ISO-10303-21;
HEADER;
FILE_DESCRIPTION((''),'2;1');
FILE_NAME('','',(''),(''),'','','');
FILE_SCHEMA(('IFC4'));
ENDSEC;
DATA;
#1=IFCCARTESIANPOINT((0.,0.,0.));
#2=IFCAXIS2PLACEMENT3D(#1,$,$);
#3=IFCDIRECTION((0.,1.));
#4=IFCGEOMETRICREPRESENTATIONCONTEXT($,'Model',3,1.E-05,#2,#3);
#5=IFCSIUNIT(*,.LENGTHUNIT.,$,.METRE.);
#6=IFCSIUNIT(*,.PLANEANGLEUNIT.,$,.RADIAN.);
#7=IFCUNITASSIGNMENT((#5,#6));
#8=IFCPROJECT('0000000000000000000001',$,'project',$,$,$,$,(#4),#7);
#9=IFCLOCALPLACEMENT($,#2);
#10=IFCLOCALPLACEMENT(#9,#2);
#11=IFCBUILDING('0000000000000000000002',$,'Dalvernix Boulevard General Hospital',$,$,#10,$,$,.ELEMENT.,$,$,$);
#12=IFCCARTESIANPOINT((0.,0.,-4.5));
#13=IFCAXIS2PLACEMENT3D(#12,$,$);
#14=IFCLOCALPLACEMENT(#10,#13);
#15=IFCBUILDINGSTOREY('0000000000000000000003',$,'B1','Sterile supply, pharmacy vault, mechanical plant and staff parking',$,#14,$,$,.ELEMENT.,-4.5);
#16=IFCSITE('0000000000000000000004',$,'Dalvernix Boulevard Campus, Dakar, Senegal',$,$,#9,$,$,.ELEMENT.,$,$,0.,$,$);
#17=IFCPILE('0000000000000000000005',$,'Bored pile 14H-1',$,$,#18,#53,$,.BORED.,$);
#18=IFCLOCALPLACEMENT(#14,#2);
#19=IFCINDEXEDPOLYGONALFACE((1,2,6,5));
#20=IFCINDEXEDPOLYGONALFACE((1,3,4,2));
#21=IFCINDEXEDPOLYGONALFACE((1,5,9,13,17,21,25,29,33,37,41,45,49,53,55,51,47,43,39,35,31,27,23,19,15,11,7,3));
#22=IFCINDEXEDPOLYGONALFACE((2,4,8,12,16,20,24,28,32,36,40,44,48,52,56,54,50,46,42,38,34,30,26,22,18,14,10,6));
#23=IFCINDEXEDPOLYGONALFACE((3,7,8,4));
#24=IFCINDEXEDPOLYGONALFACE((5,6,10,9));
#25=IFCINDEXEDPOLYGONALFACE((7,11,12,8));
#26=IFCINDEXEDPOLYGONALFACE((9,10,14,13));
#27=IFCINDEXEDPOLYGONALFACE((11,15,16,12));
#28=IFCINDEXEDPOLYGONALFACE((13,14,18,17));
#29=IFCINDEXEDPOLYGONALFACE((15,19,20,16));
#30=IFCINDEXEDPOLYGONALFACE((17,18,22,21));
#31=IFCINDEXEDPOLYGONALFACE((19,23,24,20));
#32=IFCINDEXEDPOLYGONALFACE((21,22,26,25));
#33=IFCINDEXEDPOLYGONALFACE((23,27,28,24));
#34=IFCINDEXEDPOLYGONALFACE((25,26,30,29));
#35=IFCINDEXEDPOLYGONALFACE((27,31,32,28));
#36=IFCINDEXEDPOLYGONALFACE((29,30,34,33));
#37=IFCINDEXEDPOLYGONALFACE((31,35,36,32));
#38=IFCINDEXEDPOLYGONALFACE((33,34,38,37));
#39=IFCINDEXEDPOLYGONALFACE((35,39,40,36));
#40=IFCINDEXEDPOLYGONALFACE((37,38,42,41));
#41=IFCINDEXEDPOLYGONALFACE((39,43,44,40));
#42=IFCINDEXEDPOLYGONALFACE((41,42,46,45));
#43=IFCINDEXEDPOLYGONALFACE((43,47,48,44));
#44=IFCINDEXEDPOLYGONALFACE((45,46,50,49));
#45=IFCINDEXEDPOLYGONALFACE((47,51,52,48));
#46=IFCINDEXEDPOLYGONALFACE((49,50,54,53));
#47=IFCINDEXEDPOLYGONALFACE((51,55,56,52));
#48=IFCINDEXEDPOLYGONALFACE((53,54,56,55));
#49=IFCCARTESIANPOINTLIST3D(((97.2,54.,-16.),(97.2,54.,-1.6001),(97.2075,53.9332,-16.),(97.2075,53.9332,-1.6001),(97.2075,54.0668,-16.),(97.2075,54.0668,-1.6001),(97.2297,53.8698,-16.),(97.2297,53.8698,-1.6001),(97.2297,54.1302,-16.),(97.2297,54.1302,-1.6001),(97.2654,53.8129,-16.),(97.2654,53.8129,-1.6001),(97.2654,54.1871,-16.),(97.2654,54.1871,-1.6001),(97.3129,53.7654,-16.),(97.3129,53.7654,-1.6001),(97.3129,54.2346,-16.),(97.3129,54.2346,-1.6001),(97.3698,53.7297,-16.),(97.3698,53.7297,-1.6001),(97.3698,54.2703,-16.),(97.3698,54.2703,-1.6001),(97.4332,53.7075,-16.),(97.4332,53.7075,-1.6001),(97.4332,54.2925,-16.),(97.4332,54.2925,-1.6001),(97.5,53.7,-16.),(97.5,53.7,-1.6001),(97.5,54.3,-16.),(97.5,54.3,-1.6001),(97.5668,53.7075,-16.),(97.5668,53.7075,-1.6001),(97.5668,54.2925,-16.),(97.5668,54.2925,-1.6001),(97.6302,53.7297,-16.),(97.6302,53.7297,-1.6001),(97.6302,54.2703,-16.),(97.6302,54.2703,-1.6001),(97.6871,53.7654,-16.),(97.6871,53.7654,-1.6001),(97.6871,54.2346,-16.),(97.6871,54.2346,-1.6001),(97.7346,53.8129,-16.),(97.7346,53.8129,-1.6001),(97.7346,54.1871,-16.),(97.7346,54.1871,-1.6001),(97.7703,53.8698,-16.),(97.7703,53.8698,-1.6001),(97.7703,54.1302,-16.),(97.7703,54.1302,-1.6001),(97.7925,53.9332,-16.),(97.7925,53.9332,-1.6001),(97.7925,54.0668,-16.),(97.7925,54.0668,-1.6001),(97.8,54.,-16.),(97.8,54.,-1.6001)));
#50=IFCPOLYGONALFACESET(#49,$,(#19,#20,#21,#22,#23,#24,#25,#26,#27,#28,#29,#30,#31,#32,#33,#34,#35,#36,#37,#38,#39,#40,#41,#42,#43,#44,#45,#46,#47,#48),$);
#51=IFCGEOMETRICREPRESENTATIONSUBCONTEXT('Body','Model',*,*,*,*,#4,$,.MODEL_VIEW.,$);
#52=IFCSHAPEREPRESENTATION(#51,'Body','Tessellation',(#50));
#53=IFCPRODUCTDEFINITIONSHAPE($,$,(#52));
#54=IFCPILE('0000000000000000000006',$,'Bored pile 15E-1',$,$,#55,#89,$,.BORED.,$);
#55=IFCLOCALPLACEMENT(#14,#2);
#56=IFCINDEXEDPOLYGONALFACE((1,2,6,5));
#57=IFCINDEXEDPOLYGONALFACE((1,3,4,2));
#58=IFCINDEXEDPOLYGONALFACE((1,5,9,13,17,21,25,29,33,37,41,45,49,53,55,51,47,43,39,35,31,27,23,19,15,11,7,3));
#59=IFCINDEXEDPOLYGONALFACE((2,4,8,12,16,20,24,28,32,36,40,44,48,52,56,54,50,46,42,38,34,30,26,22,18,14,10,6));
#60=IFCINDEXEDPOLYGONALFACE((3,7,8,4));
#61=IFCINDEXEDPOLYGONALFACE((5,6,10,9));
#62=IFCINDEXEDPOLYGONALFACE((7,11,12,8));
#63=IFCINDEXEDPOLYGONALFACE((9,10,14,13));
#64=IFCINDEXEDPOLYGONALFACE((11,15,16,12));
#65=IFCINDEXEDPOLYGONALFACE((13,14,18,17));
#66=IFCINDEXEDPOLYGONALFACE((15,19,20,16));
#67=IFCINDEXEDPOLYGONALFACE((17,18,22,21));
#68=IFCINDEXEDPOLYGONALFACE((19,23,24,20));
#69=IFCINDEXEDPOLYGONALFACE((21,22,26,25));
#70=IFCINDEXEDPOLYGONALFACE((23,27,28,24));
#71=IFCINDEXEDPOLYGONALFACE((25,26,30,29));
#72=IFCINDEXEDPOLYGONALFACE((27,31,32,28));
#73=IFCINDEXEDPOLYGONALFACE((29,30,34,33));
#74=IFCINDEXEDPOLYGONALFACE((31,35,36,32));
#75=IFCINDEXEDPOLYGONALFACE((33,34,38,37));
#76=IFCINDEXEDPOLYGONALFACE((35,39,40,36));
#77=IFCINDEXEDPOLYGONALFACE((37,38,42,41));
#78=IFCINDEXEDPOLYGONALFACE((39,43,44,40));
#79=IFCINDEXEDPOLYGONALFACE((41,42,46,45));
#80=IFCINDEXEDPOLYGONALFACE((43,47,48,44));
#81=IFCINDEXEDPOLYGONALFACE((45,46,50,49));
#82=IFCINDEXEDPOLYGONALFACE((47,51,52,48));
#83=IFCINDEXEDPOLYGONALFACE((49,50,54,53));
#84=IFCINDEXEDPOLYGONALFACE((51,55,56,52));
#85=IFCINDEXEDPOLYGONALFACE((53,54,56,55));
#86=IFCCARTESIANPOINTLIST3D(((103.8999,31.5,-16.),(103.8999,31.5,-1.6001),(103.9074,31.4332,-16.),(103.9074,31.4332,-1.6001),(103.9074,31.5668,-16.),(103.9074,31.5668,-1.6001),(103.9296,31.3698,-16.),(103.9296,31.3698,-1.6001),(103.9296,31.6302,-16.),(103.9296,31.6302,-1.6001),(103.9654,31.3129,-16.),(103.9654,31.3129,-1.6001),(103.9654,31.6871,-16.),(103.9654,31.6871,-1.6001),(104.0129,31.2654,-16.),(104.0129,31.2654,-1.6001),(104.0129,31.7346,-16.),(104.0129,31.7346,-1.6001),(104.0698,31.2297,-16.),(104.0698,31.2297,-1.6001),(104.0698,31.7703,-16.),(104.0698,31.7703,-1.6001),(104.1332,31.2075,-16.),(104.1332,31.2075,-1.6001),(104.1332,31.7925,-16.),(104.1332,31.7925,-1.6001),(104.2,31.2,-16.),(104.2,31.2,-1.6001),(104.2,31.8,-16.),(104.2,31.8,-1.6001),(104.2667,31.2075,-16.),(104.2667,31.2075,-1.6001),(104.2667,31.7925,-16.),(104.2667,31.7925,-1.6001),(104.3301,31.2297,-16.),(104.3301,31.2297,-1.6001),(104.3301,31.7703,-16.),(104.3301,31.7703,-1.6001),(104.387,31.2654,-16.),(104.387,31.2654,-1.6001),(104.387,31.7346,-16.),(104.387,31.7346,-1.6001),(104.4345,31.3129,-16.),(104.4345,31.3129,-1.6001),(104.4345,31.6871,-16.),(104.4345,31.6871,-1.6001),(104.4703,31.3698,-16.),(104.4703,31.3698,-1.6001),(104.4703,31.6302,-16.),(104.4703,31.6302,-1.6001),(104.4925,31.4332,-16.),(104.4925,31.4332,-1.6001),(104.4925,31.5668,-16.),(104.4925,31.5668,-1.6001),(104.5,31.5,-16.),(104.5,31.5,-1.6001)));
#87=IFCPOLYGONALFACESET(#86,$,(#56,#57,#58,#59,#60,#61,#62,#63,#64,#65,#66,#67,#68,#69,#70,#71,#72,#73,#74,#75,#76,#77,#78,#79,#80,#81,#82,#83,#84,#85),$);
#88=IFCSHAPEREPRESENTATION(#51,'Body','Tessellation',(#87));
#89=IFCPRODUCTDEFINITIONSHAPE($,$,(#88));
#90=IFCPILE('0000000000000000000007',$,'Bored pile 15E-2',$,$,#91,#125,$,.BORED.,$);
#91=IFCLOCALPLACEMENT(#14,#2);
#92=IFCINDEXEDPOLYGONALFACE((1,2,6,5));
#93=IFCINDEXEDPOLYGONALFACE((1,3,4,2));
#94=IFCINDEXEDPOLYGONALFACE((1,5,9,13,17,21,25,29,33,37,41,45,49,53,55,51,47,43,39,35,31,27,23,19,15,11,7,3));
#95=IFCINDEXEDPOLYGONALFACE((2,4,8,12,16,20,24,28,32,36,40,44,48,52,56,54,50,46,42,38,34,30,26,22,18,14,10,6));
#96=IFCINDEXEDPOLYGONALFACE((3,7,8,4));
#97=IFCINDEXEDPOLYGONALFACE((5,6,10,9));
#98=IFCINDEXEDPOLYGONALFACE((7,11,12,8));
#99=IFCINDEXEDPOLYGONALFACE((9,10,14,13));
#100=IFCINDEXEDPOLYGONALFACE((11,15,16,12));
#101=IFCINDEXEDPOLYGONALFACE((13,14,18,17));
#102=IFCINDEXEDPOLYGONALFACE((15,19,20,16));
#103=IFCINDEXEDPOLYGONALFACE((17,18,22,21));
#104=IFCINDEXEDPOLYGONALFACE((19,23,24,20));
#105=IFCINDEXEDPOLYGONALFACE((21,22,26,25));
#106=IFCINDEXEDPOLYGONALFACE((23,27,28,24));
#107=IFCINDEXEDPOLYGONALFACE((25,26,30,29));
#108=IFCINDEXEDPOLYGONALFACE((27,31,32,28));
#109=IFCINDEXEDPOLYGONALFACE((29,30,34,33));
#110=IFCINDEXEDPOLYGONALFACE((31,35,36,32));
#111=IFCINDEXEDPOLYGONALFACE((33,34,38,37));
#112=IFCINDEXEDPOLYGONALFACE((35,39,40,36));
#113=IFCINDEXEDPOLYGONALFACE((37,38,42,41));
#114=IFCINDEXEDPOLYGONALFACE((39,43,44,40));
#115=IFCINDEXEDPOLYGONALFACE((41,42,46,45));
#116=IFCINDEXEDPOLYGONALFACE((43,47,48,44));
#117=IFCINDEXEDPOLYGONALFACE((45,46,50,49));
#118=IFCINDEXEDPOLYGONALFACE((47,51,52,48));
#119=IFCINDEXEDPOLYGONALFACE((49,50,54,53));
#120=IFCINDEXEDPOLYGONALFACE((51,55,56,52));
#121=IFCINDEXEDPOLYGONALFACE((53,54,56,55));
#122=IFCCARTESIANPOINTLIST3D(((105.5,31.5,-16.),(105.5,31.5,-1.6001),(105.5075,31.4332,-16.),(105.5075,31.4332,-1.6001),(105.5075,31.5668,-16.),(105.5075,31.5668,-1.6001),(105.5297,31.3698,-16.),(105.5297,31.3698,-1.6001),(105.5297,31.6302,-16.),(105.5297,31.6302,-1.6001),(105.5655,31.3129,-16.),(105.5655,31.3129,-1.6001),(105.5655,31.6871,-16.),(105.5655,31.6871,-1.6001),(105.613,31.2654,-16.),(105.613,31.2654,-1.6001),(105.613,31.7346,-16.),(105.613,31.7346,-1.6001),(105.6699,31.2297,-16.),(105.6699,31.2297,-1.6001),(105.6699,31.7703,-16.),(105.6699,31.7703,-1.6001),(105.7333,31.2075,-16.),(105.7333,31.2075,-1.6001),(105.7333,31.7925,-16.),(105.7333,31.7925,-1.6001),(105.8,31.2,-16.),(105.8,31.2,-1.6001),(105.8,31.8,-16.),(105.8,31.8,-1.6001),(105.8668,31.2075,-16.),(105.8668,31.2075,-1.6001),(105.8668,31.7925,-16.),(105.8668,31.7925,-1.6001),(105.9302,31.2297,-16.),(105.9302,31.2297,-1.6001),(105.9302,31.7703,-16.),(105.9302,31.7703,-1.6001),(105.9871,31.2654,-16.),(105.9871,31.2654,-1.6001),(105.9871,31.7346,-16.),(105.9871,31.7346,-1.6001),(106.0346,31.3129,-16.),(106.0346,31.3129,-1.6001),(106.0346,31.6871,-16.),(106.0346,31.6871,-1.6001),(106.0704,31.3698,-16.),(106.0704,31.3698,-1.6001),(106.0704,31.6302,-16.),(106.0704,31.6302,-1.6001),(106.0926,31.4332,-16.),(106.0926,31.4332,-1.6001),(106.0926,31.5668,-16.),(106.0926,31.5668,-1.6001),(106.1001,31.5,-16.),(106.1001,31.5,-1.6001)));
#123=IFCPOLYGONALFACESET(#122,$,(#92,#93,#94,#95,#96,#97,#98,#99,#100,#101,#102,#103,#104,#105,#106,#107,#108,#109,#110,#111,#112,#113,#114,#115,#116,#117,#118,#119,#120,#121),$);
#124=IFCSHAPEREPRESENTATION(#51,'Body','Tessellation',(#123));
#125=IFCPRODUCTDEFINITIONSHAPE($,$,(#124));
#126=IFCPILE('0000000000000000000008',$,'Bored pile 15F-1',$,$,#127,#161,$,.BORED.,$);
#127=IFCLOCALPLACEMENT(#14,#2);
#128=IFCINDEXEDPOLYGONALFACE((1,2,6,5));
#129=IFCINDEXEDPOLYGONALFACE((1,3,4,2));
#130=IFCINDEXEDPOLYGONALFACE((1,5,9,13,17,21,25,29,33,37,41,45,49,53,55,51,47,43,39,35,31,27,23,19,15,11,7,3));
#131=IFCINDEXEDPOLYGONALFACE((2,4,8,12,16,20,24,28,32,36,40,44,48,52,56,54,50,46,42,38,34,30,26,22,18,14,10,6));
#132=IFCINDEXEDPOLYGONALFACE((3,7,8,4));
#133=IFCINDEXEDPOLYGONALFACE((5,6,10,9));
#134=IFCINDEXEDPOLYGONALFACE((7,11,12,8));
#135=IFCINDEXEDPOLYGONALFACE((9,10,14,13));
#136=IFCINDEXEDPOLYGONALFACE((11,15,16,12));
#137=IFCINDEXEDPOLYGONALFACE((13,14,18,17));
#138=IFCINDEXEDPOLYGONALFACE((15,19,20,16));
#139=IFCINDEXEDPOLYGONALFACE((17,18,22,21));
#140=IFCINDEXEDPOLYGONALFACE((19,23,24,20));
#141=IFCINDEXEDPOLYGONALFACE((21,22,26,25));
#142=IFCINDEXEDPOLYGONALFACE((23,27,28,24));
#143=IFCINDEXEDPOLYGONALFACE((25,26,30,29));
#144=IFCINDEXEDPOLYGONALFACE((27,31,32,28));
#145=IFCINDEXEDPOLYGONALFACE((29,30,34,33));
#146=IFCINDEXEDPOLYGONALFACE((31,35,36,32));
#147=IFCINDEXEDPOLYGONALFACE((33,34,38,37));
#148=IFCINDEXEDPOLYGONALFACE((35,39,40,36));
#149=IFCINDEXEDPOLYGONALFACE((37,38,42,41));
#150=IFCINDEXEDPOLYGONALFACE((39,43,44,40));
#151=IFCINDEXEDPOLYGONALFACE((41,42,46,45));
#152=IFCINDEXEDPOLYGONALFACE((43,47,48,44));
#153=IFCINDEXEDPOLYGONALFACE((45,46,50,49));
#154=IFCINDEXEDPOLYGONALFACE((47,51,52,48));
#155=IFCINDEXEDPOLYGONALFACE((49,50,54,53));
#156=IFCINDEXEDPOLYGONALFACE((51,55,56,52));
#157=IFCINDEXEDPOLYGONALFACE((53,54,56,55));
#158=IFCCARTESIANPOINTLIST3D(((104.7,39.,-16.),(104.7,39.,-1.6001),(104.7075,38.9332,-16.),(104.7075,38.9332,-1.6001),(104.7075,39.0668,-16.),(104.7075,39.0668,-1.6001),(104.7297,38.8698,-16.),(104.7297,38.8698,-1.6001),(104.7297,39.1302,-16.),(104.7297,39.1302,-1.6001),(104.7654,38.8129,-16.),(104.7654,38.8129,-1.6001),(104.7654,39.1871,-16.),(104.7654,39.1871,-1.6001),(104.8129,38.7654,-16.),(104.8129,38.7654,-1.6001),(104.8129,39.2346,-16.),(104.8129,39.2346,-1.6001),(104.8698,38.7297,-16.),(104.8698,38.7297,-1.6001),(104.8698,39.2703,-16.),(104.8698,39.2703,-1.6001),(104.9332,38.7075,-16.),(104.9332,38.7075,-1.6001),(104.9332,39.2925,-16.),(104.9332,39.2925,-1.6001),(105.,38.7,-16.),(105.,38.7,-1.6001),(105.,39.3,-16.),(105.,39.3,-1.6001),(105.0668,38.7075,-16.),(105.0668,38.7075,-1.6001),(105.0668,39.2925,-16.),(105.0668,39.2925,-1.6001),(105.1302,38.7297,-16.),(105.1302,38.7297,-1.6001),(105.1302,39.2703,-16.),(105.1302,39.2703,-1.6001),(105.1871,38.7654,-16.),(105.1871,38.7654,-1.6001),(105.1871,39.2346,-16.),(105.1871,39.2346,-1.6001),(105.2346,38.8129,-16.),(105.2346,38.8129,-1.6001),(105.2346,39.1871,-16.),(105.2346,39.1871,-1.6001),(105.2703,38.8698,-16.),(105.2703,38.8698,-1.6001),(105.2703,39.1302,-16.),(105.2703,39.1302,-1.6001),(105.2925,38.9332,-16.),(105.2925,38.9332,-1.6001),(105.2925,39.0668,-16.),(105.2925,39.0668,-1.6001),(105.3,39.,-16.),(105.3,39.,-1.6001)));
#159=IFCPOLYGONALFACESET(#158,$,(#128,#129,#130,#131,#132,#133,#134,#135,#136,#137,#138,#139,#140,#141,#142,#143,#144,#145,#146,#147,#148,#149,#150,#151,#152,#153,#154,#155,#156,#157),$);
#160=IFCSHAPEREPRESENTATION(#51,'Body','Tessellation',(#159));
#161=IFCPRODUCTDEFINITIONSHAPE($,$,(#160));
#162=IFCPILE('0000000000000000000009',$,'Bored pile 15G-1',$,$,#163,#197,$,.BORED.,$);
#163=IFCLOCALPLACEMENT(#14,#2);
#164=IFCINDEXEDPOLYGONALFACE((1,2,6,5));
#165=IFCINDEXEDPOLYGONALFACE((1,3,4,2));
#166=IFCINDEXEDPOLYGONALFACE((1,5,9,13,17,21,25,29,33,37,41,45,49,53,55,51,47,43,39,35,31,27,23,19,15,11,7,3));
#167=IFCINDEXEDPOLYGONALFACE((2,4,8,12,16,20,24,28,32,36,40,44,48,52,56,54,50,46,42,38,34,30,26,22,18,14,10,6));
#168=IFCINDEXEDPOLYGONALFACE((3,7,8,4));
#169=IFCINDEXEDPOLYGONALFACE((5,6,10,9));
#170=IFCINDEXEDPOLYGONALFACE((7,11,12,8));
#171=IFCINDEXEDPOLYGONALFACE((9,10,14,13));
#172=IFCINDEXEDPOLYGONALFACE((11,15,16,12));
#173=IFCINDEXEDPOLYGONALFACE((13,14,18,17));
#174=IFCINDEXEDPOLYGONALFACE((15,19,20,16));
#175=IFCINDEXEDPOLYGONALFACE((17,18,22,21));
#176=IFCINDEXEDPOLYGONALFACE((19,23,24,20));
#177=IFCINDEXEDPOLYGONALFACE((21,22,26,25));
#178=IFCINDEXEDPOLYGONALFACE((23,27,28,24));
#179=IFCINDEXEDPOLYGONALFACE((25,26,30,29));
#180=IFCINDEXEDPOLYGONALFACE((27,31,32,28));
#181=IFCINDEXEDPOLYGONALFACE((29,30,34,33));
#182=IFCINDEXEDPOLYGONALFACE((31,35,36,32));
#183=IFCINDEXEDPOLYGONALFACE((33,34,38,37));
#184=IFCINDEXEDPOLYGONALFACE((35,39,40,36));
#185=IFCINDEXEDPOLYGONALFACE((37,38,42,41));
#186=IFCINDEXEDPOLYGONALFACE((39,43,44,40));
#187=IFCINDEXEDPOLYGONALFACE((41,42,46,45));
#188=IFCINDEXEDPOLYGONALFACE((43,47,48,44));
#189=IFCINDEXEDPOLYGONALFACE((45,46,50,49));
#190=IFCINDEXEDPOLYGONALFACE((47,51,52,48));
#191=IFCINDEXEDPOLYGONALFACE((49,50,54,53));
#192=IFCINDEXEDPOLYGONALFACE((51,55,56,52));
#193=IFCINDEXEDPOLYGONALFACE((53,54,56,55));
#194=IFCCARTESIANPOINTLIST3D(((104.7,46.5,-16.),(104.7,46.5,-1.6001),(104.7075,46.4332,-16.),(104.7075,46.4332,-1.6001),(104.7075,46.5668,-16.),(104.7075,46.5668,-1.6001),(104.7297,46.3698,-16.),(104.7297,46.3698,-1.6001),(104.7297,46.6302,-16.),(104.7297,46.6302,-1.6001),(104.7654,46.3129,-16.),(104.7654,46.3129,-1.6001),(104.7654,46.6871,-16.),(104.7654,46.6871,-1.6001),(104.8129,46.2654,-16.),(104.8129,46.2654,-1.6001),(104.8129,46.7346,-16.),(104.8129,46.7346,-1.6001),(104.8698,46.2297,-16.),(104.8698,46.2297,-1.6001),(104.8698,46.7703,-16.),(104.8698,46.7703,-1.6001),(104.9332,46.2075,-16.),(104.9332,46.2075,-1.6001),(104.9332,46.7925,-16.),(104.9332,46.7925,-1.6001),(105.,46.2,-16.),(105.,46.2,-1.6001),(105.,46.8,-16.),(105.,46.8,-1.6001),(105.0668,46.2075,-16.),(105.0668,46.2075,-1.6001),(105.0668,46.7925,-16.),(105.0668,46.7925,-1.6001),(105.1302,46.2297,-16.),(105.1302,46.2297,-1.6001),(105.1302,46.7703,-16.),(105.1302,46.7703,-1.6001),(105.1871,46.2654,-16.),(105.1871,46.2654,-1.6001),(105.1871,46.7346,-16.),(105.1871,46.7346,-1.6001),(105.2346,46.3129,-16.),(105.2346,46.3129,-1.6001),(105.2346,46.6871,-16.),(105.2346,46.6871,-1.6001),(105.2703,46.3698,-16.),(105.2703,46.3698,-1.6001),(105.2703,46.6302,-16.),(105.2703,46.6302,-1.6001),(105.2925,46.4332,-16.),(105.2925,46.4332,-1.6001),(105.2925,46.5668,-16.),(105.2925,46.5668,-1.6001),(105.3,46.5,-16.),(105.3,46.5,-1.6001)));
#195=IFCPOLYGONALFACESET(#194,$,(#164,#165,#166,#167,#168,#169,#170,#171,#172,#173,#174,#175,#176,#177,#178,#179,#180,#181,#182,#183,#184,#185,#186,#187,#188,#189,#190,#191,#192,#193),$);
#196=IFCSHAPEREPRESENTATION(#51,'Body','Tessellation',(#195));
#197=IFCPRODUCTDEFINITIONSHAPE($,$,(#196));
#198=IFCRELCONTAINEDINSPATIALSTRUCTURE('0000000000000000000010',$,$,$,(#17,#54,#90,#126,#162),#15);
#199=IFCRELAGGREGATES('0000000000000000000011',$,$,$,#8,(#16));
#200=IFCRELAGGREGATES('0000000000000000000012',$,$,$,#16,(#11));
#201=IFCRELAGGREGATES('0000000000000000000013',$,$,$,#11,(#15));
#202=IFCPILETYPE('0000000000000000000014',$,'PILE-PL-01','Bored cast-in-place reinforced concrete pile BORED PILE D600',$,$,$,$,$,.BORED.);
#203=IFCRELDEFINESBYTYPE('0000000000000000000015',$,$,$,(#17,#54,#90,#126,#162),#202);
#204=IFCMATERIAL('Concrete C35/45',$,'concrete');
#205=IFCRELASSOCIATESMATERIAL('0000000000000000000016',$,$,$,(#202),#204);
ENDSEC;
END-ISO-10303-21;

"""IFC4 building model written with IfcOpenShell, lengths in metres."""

from ifc_helpers import new_model, si_unit, direction, frame, origin, origin_2d, place, context, subcontext, project, spatial, circle, extrude, material, material_profile, profile_set, type_object, element, save


model = new_model("IFC4")

# Units and contexts
model_context = context("Model", 3, precision=1e-05, world=origin(), true_north=direction((0.0, 1.0)))
body_context = subcontext(model_context, "Body", "Model", "MODEL_VIEW")
ifc_project = project(units=[si_unit("LENGTHUNIT", "METRE"), si_unit("PLANEANGLEUNIT", "RADIAN")], contexts=[model_context])

# Site, building, storey
site_placement = place(None, origin())
site = spatial("IfcSite", under=ifc_project, at=site_placement, Name="Dalvernix Boulevard Campus, Dakar, Senegal", CompositionType="ELEMENT", RefElevation=0.0)
building_placement = place(site_placement, origin())
building = spatial("IfcBuilding", under=site, at=building_placement, Name="Dalvernix Boulevard General Hospital", CompositionType="ELEMENT")
storey_placement = place(building_placement, frame((0.0, 0.0, -4.5)))
storey = spatial("IfcBuildingStorey", under=building, at=storey_placement, Name="B1", Description="Sterile supply, pharmacy vault, mechanical plant and staff parking", CompositionType="ELEMENT", Elevation=-4.5)

# Shared definitions
ifc_material_1 = material(Name="Concrete C35/45", Category="concrete")

# Piles
ifc_material_profile_1 = material_profile(ifc_material_1, circle(Radius=0.3, at=origin_2d()), Name="BORED PILE D600")
ifc_profile_set_1 = profile_set([ifc_material_profile_1], Name="Concrete C35/45")
pile_type = type_object("IfcPileType", Name="PILE-PL-01", Description="Bored cast-in-place reinforced concrete pile BORED PILE D600", PredefinedType="BORED", material=ifc_profile_set_1)
for number, where, z_axis, x_axis, name in (
    (1, (97.5, 54.0, -1.6001), (0.0, 0.0, -1.0), (1.0, 0.0, 0.0), "Bored pile 14H-1"),
    (2, (104.2, 31.5, -1.6001), (0.0, 0.0, -1.0), (1.0, 0.0, 0.0), "Bored pile 15E-1"),
    (3, (105.8, 31.5, -1.6001), (0.0, 0.0, -1.0), (1.0, 0.0, 0.0), "Bored pile 15E-2"),
    (4, (105.0, 39.0, -1.6001), (0.0, 0.0, -1.0), (1.0, 0.0, 0.0), "Bored pile 15F-1"),
    (5, (105.0, 46.5, -1.6001), (0.0, 0.0, -1.0), (1.0, 0.0, 0.0), "Bored pile 15G-1"),
):
    element("IfcPile", number, at=place(storey_placement, frame(where, z_axis=z_axis, x_axis=x_axis)), inside=storey, type_object=pile_type, Name=name, PredefinedType="BORED", context=body_context, shape_type="SweptSolid", body=[
        extrude(circle(Radius=0.3, at=origin_2d()), origin(), (0.0, 0.0, 1.0), 14.3999),
    ])

save(model, "model.ifc")
